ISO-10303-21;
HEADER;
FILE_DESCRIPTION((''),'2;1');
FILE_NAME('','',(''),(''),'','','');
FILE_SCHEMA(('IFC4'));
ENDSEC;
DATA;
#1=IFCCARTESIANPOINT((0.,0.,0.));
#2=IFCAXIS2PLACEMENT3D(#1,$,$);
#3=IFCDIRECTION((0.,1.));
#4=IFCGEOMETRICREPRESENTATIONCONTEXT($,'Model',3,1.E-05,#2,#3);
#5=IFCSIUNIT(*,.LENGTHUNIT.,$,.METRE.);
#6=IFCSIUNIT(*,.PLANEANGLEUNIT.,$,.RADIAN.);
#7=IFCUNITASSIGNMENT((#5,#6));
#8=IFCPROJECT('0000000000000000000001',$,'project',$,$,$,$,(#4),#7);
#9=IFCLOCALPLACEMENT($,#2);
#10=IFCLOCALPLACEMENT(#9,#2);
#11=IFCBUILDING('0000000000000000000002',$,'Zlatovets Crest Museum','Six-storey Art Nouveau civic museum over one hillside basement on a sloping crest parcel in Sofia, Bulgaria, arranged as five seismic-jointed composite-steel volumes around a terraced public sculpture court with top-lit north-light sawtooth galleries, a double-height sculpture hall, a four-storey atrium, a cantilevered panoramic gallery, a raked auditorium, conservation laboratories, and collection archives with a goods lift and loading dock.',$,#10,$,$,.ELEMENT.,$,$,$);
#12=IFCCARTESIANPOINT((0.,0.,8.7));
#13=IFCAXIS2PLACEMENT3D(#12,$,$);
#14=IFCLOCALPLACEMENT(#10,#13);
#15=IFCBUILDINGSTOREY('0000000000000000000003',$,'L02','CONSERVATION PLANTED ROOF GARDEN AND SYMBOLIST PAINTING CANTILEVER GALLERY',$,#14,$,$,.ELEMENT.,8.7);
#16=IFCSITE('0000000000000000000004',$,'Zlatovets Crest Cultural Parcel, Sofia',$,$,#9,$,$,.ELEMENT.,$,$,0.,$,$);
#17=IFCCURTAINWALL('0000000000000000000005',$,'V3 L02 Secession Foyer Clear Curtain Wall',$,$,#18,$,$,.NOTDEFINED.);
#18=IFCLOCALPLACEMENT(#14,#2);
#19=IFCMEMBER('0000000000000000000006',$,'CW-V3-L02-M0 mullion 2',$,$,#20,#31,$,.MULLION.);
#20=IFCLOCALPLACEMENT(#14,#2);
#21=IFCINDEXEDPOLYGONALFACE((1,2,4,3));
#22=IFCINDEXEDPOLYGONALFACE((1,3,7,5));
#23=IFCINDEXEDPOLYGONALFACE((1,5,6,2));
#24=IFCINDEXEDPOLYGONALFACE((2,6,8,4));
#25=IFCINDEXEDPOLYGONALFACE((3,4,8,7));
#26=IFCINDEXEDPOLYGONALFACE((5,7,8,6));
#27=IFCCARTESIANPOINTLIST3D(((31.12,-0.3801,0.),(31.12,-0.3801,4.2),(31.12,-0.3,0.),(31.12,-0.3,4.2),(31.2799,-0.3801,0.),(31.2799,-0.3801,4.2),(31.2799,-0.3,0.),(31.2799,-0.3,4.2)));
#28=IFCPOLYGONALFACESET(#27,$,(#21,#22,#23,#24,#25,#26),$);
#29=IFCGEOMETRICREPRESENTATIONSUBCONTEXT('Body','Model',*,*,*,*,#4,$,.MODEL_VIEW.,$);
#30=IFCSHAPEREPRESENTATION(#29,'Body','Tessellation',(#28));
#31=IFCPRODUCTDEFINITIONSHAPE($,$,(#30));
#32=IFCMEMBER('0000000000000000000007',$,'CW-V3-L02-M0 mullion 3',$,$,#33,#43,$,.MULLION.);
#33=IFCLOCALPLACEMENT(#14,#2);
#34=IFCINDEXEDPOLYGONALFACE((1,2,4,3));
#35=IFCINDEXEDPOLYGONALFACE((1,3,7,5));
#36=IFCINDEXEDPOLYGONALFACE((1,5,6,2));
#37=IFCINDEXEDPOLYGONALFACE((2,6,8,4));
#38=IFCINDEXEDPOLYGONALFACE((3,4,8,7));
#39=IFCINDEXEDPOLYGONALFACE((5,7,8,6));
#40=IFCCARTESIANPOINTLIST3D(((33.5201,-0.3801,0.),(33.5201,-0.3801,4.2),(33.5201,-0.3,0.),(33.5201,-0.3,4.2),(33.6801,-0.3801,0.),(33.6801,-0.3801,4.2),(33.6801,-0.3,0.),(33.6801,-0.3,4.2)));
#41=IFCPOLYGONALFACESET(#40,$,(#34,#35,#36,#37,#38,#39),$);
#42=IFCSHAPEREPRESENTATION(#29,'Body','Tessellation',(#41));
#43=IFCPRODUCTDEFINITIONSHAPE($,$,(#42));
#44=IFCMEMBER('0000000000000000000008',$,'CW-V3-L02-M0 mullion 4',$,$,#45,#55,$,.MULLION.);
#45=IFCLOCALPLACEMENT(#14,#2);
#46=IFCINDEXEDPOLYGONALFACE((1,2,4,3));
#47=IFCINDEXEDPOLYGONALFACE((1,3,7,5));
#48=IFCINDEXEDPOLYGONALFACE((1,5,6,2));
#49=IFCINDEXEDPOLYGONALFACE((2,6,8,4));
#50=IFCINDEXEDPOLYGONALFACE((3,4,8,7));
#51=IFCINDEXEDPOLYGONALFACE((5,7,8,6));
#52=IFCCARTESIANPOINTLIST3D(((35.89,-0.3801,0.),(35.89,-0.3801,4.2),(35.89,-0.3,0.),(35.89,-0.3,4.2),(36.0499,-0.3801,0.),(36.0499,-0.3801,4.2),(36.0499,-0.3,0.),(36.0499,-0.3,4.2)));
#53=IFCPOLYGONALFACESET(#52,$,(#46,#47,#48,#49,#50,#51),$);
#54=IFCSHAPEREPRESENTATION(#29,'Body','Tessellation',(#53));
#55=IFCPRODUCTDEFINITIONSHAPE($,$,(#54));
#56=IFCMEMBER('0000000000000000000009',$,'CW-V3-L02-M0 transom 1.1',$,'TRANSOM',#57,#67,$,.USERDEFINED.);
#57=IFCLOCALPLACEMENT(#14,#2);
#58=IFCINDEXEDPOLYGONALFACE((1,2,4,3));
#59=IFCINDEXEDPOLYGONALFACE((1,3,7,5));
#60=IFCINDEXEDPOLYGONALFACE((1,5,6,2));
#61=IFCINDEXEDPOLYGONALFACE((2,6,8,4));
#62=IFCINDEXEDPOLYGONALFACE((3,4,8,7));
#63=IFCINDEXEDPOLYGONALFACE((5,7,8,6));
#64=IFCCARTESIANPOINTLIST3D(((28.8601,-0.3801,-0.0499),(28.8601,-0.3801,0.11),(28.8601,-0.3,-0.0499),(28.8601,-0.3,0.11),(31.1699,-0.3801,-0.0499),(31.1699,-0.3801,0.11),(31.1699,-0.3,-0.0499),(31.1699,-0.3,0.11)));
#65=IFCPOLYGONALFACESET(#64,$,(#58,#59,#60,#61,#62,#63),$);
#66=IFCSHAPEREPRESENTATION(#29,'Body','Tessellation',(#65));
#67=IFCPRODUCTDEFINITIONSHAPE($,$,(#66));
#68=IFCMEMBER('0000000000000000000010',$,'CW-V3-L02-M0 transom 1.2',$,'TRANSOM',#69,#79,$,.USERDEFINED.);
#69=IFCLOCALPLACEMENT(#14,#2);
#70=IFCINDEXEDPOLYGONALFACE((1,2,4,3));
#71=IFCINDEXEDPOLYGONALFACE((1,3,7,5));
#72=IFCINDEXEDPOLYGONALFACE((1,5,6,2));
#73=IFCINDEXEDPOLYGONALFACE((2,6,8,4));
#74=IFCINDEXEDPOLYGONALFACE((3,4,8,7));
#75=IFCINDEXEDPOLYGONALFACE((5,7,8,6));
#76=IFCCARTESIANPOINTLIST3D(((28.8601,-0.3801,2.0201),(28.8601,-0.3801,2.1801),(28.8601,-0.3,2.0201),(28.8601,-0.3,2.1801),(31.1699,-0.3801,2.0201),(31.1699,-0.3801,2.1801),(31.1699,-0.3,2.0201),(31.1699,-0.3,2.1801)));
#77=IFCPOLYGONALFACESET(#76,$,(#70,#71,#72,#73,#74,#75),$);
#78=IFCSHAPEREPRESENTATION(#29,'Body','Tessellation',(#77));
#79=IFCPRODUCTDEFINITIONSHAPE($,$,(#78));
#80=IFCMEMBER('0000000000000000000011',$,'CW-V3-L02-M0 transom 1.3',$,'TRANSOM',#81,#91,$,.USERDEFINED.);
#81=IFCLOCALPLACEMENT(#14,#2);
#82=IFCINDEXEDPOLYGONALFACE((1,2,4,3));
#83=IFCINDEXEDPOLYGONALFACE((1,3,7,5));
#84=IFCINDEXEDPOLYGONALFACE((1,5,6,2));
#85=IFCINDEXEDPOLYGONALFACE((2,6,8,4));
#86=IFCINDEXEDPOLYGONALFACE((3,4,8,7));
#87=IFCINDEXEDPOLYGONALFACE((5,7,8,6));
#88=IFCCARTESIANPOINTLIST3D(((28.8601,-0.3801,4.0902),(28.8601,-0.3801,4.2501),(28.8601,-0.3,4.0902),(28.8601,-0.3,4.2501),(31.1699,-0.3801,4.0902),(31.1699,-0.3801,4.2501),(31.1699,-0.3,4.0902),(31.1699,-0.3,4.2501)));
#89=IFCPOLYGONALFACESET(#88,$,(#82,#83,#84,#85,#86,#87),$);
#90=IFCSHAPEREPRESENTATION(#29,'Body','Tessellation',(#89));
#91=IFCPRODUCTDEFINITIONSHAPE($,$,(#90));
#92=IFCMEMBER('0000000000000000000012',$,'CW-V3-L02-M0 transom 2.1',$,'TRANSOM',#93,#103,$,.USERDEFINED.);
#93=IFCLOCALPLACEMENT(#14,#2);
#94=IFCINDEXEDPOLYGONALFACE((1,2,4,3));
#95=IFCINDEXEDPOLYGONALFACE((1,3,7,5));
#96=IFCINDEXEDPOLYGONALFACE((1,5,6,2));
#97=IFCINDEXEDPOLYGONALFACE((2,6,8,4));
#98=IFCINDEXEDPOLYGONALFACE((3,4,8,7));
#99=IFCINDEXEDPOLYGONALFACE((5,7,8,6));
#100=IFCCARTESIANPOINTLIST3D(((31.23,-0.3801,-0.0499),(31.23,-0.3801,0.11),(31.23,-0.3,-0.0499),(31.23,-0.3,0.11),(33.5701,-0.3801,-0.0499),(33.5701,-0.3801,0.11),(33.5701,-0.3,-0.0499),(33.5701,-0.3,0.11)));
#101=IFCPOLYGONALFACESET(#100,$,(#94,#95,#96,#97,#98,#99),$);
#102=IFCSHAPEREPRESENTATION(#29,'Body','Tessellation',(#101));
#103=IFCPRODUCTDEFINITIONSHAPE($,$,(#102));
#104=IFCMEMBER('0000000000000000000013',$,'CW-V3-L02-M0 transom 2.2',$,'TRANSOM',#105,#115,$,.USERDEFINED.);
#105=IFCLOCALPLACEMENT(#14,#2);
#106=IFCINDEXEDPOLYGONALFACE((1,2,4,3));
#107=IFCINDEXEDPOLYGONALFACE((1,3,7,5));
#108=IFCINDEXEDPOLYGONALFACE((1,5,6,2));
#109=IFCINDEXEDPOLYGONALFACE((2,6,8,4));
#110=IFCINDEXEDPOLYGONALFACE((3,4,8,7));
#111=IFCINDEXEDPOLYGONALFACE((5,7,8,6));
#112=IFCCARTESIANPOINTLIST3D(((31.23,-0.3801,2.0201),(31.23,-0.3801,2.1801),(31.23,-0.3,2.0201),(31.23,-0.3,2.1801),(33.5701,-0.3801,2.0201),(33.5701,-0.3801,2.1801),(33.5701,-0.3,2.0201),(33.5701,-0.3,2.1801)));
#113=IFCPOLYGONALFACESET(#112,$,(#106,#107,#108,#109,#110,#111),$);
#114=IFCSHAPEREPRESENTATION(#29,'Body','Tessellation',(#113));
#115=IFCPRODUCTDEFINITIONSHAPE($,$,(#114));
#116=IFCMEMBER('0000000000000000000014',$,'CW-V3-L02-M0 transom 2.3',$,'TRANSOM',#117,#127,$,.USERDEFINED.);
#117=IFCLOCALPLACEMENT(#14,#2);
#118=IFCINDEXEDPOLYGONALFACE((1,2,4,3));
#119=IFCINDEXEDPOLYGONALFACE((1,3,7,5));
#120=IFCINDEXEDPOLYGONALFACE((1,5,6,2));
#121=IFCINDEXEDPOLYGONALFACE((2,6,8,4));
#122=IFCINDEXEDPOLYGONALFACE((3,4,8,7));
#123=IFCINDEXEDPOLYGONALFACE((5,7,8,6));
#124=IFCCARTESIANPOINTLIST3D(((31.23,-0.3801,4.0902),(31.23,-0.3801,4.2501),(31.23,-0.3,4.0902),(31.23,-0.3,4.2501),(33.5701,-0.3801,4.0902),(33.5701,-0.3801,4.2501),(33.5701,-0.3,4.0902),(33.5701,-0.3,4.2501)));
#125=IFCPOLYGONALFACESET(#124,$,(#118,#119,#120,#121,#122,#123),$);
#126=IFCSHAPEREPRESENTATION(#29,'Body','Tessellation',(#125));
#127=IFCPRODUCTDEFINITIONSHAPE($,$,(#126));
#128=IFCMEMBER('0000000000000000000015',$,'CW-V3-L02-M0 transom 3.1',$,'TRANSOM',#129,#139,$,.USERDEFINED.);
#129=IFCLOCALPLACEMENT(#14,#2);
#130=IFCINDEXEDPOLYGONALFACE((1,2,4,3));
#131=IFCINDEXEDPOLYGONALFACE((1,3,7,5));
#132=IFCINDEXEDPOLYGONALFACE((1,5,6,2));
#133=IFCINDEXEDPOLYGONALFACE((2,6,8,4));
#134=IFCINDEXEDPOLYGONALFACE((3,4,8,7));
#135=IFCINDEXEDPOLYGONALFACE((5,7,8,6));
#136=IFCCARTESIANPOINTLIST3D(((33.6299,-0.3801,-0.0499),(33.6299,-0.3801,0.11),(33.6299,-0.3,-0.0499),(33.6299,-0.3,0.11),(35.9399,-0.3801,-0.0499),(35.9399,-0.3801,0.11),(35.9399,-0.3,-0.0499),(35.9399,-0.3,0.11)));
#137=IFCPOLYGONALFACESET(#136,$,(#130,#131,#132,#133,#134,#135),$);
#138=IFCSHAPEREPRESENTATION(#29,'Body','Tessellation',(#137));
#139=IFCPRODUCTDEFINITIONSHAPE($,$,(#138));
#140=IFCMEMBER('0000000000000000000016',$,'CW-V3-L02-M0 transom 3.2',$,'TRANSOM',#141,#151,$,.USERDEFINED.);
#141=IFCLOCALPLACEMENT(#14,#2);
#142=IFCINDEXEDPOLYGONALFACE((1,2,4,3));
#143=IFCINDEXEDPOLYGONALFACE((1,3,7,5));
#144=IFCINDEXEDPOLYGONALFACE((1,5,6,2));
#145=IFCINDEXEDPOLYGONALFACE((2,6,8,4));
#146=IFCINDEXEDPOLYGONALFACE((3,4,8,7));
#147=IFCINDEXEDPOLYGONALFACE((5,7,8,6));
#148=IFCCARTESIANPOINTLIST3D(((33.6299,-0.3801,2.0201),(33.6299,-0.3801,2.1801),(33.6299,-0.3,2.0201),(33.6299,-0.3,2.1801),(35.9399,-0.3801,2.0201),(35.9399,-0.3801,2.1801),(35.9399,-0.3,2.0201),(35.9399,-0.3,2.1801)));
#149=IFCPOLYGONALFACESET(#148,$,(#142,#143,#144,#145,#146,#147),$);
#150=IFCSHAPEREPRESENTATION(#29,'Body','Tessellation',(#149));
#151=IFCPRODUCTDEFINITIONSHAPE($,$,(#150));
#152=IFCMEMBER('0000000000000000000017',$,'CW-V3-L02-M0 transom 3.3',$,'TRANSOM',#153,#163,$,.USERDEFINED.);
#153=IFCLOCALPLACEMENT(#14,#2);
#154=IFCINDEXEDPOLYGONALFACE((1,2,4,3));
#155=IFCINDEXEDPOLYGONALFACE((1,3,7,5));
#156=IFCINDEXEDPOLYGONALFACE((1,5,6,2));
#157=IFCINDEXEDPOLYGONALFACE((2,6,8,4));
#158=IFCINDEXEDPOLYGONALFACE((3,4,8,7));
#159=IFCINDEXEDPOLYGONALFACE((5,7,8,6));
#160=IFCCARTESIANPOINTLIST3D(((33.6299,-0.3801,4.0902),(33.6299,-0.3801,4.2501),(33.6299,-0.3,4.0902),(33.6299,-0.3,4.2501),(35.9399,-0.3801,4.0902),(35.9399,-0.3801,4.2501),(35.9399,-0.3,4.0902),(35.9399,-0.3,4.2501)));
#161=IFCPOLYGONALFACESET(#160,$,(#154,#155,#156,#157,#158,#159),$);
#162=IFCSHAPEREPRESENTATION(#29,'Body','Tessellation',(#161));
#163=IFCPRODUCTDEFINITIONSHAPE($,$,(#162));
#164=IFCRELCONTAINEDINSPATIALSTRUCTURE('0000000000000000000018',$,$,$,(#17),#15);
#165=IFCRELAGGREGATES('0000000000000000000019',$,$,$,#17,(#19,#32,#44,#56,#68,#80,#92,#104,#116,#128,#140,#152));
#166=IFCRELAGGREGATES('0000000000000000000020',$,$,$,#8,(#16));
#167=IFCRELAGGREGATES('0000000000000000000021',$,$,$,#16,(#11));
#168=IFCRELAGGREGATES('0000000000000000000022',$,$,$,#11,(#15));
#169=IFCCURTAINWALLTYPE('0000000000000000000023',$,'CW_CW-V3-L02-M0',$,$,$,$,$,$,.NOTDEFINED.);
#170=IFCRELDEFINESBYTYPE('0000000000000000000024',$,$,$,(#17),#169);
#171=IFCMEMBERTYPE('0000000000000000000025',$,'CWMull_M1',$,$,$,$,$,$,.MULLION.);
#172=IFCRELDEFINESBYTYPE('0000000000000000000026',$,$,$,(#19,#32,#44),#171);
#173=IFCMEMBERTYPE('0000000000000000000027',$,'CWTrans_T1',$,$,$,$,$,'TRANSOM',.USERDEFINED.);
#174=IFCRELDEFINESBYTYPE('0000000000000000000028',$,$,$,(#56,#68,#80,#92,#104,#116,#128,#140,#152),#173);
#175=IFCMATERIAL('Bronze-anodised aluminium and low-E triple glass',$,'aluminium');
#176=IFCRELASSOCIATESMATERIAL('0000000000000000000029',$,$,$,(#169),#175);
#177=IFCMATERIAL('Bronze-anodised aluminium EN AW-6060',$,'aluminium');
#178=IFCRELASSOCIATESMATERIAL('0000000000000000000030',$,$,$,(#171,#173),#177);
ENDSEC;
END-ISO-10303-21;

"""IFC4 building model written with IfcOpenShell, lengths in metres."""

from ifc_helpers import new_model, si_unit, direction, frame, origin, origin_2d, place, context, subcontext, project, spatial, rectangle, extrude, material, material_profile, profile_set, type_object, element, aggregate, save


model = new_model("IFC4")

# Units and contexts
model_context = context("Model", 3, precision=1e-05, world=origin(), true_north=direction((0.0, 1.0)))
body_context = subcontext(model_context, "Body", "Model", "MODEL_VIEW")
ifc_project = project(units=[si_unit("LENGTHUNIT", "METRE"), si_unit("PLANEANGLEUNIT", "RADIAN")], contexts=[model_context])

# Site, building, storey
site_placement = place(None, origin())
site = spatial("IfcSite", under=ifc_project, at=site_placement, Name="Zlatovets Crest Cultural Parcel, Sofia", CompositionType="ELEMENT", RefElevation=0.0)
building_placement = place(site_placement, origin())
building = spatial("IfcBuilding", under=site, at=building_placement, Name="Zlatovets Crest Museum", Description="Six-storey Art Nouveau civic museum over one hillside basement on a sloping crest parcel in Sofia, Bulgaria, arranged as five seismic-jointed composite-steel volumes around a terraced public sculpture court with top-lit north-light sawtooth galleries, a double-height sculpture hall, a four-storey atrium, a cantilevered panoramic gallery, a raked auditorium, conservation laboratories, and collection archives with a goods lift and loading dock.", CompositionType="ELEMENT")
storey_placement = place(building_placement, frame((0.0, 0.0, 8.7)))
storey = spatial("IfcBuildingStorey", under=building, at=storey_placement, Name="L02", Description="CONSERVATION PLANTED ROOF GARDEN AND SYMBOLIST PAINTING CANTILEVER GALLERY", CompositionType="ELEMENT", Elevation=8.7)

# Curtain wall, members
ifc_material_1 = material(Name="Bronze-anodised aluminium and low-E triple glass", Category="aluminium")
curtain_wall_type = type_object("IfcCurtainWallType", Name="CW_CW-V3-L02-M0", PredefinedType="NOTDEFINED", material=ifc_material_1)
curtain_wall_placement = place(storey_placement, origin())
curtain_wall = element("IfcCurtainWall", 1, at=curtain_wall_placement, inside=storey, type_object=curtain_wall_type, Name="V3 L02 Secession Foyer Clear Curtain Wall", PredefinedType="NOTDEFINED")
ifc_material_2 = material(Name="Bronze-anodised aluminium EN AW-6060", Category="aluminium")
ifc_material_profile_1 = material_profile(ifc_material_2, rectangle(XDim=0.0801, YDim=0.1599, at=origin_2d()), Name="ALU 80x160")
ifc_profile_set_1 = profile_set([ifc_material_profile_1], Name="Bronze-anodised aluminium EN AW-6060")
member_type_1 = type_object("IfcMemberType", Name="CWMull_M1", PredefinedType="MULLION", material=ifc_profile_set_1)
member_1_placement = place(storey_placement, frame((31.2, -0.3401, 0.0), z_axis=(0.0, 0.0, 1.0), x_axis=(0.0, 1.0, 0.0)))
member_1 = element("IfcMember", 2, at=member_1_placement, type_object=member_type_1, Name="CW-V3-L02-M0 mullion 2", PredefinedType="MULLION", context=body_context, shape_type="SweptSolid", body=[
    extrude(rectangle(XDim=0.0801, YDim=0.1599, at=origin_2d()), origin(), (0.0, 0.0, 1.0), 4.2),
])
member_2_placement = place(storey_placement, frame((33.6001, -0.3401, 0.0), z_axis=(0.0, 0.0, 1.0), x_axis=(0.0, 1.0, 0.0)))
member_2 = element("IfcMember", 3, at=member_2_placement, type_object=member_type_1, Name="CW-V3-L02-M0 mullion 3", PredefinedType="MULLION", context=body_context, shape_type="SweptSolid", body=[
    extrude(rectangle(XDim=0.0801, YDim=0.1599, at=origin_2d()), origin(), (0.0, 0.0, 1.0), 4.2),
])
member_3_placement = place(storey_placement, frame((35.97, -0.3401, 0.0), z_axis=(0.0, 0.0, 1.0), x_axis=(0.0, 1.0, 0.0)))
member_3 = element("IfcMember", 4, at=member_3_placement, type_object=member_type_1, Name="CW-V3-L02-M0 mullion 4", PredefinedType="MULLION", context=body_context, shape_type="SweptSolid", body=[
    extrude(rectangle(XDim=0.0801, YDim=0.1599, at=origin_2d()), origin(), (0.0, 0.0, 1.0), 4.2),
])
ifc_material_profile_2 = material_profile(ifc_material_2, rectangle(XDim=0.0801, YDim=0.1599, at=origin_2d()), Name="ALU 80x160")
ifc_profile_set_2 = profile_set([ifc_material_profile_2], Name="Bronze-anodised aluminium EN AW-6060")
member_type_2 = type_object("IfcMemberType", Name="CWTrans_T1", ElementType="TRANSOM", PredefinedType="USERDEFINED", material=ifc_profile_set_2)
member_4_placement = place(storey_placement, frame((28.8601, -0.3401, 0.03), z_axis=(1.0, 0.0, 0.0), x_axis=(0.0, 1.0, 0.0)))
member_4 = element("IfcMember", 5, at=member_4_placement, type_object=member_type_2, Name="CW-V3-L02-M0 transom 1.1", ObjectType="TRANSOM", PredefinedType="USERDEFINED", context=body_context, shape_type="SweptSolid", body=[
    extrude(rectangle(XDim=0.0801, YDim=0.1599, at=origin_2d()), origin(), (0.0, 0.0, 1.0), 2.3098),
])
member_5_placement = place(storey_placement, frame((28.8601, -0.3401, 2.1001), z_axis=(1.0, 0.0, 0.0), x_axis=(0.0, 1.0, 0.0)))
member_5 = element("IfcMember", 6, at=member_5_placement, type_object=member_type_2, Name="CW-V3-L02-M0 transom 1.2", ObjectType="TRANSOM", PredefinedType="USERDEFINED", context=body_context, shape_type="SweptSolid", body=[
    extrude(rectangle(XDim=0.0801, YDim=0.1599, at=origin_2d()), origin(), (0.0, 0.0, 1.0), 2.3098),
])
member_6_placement = place(storey_placement, frame((28.8601, -0.3401, 4.1702), z_axis=(1.0, 0.0, 0.0), x_axis=(0.0, 1.0, 0.0)))
member_6 = element("IfcMember", 7, at=member_6_placement, type_object=member_type_2, Name="CW-V3-L02-M0 transom 1.3", ObjectType="TRANSOM", PredefinedType="USERDEFINED", context=body_context, shape_type="SweptSolid", body=[
    extrude(rectangle(XDim=0.0801, YDim=0.1599, at=origin_2d()), origin(), (0.0, 0.0, 1.0), 2.3098),
])
member_7_placement = place(storey_placement, frame((31.23, -0.3401, 0.03), z_axis=(1.0, 0.0, 0.0), x_axis=(0.0, 1.0, 0.0)))
member_7 = element("IfcMember", 8, at=member_7_placement, type_object=member_type_2, Name="CW-V3-L02-M0 transom 2.1", ObjectType="TRANSOM", PredefinedType="USERDEFINED", context=body_context, shape_type="SweptSolid", body=[
    extrude(rectangle(XDim=0.0801, YDim=0.1599, at=origin_2d()), origin(), (0.0, 0.0, 1.0), 2.3401),
])
member_8_placement = place(storey_placement, frame((31.23, -0.3401, 2.1001), z_axis=(1.0, 0.0, 0.0), x_axis=(0.0, 1.0, 0.0)))
member_8 = element("IfcMember", 9, at=member_8_placement, type_object=member_type_2, Name="CW-V3-L02-M0 transom 2.2", ObjectType="TRANSOM", PredefinedType="USERDEFINED", context=body_context, shape_type="SweptSolid", body=[
    extrude(rectangle(XDim=0.0801, YDim=0.1599, at=origin_2d()), origin(), (0.0, 0.0, 1.0), 2.3401),
])
member_9_placement = place(storey_placement, frame((31.23, -0.3401, 4.1702), z_axis=(1.0, 0.0, 0.0), x_axis=(0.0, 1.0, 0.0)))
member_9 = element("IfcMember", 10, at=member_9_placement, type_object=member_type_2, Name="CW-V3-L02-M0 transom 2.3", ObjectType="TRANSOM", PredefinedType="USERDEFINED", context=body_context, shape_type="SweptSolid", body=[
    extrude(rectangle(XDim=0.0801, YDim=0.1599, at=origin_2d()), origin(), (0.0, 0.0, 1.0), 2.3401),
])
member_10_placement = place(storey_placement, frame((33.6299, -0.3401, 0.03), z_axis=(1.0, 0.0, 0.0), x_axis=(0.0, 1.0, 0.0)))
member_10 = element("IfcMember", 11, at=member_10_placement, type_object=member_type_2, Name="CW-V3-L02-M0 transom 3.1", ObjectType="TRANSOM", PredefinedType="USERDEFINED", context=body_context, shape_type="SweptSolid", body=[
    extrude(rectangle(XDim=0.0801, YDim=0.1599, at=origin_2d()), origin(), (0.0, 0.0, 1.0), 2.3101),
])
member_11_placement = place(storey_placement, frame((33.6299, -0.3401, 2.1001), z_axis=(1.0, 0.0, 0.0), x_axis=(0.0, 1.0, 0.0)))
member_11 = element("IfcMember", 12, at=member_11_placement, type_object=member_type_2, Name="CW-V3-L02-M0 transom 3.2", ObjectType="TRANSOM", PredefinedType="USERDEFINED", context=body_context, shape_type="SweptSolid", body=[
    extrude(rectangle(XDim=0.0801, YDim=0.1599, at=origin_2d()), origin(), (0.0, 0.0, 1.0), 2.3101),
])
member_12_placement = place(storey_placement, frame((33.6299, -0.3401, 4.1702), z_axis=(1.0, 0.0, 0.0), x_axis=(0.0, 1.0, 0.0)))
member_12 = element("IfcMember", 13, at=member_12_placement, type_object=member_type_2, Name="CW-V3-L02-M0 transom 3.3", ObjectType="TRANSOM", PredefinedType="USERDEFINED", context=body_context, shape_type="SweptSolid", body=[
    extrude(rectangle(XDim=0.0801, YDim=0.1599, at=origin_2d()), origin(), (0.0, 0.0, 1.0), 2.3101),
])

aggregate(curtain_wall, [member_1, member_2, member_3, member_4, member_5, member_6, member_7, member_8, member_9, member_10, member_11, member_12])

save(model, "model.ifc")
